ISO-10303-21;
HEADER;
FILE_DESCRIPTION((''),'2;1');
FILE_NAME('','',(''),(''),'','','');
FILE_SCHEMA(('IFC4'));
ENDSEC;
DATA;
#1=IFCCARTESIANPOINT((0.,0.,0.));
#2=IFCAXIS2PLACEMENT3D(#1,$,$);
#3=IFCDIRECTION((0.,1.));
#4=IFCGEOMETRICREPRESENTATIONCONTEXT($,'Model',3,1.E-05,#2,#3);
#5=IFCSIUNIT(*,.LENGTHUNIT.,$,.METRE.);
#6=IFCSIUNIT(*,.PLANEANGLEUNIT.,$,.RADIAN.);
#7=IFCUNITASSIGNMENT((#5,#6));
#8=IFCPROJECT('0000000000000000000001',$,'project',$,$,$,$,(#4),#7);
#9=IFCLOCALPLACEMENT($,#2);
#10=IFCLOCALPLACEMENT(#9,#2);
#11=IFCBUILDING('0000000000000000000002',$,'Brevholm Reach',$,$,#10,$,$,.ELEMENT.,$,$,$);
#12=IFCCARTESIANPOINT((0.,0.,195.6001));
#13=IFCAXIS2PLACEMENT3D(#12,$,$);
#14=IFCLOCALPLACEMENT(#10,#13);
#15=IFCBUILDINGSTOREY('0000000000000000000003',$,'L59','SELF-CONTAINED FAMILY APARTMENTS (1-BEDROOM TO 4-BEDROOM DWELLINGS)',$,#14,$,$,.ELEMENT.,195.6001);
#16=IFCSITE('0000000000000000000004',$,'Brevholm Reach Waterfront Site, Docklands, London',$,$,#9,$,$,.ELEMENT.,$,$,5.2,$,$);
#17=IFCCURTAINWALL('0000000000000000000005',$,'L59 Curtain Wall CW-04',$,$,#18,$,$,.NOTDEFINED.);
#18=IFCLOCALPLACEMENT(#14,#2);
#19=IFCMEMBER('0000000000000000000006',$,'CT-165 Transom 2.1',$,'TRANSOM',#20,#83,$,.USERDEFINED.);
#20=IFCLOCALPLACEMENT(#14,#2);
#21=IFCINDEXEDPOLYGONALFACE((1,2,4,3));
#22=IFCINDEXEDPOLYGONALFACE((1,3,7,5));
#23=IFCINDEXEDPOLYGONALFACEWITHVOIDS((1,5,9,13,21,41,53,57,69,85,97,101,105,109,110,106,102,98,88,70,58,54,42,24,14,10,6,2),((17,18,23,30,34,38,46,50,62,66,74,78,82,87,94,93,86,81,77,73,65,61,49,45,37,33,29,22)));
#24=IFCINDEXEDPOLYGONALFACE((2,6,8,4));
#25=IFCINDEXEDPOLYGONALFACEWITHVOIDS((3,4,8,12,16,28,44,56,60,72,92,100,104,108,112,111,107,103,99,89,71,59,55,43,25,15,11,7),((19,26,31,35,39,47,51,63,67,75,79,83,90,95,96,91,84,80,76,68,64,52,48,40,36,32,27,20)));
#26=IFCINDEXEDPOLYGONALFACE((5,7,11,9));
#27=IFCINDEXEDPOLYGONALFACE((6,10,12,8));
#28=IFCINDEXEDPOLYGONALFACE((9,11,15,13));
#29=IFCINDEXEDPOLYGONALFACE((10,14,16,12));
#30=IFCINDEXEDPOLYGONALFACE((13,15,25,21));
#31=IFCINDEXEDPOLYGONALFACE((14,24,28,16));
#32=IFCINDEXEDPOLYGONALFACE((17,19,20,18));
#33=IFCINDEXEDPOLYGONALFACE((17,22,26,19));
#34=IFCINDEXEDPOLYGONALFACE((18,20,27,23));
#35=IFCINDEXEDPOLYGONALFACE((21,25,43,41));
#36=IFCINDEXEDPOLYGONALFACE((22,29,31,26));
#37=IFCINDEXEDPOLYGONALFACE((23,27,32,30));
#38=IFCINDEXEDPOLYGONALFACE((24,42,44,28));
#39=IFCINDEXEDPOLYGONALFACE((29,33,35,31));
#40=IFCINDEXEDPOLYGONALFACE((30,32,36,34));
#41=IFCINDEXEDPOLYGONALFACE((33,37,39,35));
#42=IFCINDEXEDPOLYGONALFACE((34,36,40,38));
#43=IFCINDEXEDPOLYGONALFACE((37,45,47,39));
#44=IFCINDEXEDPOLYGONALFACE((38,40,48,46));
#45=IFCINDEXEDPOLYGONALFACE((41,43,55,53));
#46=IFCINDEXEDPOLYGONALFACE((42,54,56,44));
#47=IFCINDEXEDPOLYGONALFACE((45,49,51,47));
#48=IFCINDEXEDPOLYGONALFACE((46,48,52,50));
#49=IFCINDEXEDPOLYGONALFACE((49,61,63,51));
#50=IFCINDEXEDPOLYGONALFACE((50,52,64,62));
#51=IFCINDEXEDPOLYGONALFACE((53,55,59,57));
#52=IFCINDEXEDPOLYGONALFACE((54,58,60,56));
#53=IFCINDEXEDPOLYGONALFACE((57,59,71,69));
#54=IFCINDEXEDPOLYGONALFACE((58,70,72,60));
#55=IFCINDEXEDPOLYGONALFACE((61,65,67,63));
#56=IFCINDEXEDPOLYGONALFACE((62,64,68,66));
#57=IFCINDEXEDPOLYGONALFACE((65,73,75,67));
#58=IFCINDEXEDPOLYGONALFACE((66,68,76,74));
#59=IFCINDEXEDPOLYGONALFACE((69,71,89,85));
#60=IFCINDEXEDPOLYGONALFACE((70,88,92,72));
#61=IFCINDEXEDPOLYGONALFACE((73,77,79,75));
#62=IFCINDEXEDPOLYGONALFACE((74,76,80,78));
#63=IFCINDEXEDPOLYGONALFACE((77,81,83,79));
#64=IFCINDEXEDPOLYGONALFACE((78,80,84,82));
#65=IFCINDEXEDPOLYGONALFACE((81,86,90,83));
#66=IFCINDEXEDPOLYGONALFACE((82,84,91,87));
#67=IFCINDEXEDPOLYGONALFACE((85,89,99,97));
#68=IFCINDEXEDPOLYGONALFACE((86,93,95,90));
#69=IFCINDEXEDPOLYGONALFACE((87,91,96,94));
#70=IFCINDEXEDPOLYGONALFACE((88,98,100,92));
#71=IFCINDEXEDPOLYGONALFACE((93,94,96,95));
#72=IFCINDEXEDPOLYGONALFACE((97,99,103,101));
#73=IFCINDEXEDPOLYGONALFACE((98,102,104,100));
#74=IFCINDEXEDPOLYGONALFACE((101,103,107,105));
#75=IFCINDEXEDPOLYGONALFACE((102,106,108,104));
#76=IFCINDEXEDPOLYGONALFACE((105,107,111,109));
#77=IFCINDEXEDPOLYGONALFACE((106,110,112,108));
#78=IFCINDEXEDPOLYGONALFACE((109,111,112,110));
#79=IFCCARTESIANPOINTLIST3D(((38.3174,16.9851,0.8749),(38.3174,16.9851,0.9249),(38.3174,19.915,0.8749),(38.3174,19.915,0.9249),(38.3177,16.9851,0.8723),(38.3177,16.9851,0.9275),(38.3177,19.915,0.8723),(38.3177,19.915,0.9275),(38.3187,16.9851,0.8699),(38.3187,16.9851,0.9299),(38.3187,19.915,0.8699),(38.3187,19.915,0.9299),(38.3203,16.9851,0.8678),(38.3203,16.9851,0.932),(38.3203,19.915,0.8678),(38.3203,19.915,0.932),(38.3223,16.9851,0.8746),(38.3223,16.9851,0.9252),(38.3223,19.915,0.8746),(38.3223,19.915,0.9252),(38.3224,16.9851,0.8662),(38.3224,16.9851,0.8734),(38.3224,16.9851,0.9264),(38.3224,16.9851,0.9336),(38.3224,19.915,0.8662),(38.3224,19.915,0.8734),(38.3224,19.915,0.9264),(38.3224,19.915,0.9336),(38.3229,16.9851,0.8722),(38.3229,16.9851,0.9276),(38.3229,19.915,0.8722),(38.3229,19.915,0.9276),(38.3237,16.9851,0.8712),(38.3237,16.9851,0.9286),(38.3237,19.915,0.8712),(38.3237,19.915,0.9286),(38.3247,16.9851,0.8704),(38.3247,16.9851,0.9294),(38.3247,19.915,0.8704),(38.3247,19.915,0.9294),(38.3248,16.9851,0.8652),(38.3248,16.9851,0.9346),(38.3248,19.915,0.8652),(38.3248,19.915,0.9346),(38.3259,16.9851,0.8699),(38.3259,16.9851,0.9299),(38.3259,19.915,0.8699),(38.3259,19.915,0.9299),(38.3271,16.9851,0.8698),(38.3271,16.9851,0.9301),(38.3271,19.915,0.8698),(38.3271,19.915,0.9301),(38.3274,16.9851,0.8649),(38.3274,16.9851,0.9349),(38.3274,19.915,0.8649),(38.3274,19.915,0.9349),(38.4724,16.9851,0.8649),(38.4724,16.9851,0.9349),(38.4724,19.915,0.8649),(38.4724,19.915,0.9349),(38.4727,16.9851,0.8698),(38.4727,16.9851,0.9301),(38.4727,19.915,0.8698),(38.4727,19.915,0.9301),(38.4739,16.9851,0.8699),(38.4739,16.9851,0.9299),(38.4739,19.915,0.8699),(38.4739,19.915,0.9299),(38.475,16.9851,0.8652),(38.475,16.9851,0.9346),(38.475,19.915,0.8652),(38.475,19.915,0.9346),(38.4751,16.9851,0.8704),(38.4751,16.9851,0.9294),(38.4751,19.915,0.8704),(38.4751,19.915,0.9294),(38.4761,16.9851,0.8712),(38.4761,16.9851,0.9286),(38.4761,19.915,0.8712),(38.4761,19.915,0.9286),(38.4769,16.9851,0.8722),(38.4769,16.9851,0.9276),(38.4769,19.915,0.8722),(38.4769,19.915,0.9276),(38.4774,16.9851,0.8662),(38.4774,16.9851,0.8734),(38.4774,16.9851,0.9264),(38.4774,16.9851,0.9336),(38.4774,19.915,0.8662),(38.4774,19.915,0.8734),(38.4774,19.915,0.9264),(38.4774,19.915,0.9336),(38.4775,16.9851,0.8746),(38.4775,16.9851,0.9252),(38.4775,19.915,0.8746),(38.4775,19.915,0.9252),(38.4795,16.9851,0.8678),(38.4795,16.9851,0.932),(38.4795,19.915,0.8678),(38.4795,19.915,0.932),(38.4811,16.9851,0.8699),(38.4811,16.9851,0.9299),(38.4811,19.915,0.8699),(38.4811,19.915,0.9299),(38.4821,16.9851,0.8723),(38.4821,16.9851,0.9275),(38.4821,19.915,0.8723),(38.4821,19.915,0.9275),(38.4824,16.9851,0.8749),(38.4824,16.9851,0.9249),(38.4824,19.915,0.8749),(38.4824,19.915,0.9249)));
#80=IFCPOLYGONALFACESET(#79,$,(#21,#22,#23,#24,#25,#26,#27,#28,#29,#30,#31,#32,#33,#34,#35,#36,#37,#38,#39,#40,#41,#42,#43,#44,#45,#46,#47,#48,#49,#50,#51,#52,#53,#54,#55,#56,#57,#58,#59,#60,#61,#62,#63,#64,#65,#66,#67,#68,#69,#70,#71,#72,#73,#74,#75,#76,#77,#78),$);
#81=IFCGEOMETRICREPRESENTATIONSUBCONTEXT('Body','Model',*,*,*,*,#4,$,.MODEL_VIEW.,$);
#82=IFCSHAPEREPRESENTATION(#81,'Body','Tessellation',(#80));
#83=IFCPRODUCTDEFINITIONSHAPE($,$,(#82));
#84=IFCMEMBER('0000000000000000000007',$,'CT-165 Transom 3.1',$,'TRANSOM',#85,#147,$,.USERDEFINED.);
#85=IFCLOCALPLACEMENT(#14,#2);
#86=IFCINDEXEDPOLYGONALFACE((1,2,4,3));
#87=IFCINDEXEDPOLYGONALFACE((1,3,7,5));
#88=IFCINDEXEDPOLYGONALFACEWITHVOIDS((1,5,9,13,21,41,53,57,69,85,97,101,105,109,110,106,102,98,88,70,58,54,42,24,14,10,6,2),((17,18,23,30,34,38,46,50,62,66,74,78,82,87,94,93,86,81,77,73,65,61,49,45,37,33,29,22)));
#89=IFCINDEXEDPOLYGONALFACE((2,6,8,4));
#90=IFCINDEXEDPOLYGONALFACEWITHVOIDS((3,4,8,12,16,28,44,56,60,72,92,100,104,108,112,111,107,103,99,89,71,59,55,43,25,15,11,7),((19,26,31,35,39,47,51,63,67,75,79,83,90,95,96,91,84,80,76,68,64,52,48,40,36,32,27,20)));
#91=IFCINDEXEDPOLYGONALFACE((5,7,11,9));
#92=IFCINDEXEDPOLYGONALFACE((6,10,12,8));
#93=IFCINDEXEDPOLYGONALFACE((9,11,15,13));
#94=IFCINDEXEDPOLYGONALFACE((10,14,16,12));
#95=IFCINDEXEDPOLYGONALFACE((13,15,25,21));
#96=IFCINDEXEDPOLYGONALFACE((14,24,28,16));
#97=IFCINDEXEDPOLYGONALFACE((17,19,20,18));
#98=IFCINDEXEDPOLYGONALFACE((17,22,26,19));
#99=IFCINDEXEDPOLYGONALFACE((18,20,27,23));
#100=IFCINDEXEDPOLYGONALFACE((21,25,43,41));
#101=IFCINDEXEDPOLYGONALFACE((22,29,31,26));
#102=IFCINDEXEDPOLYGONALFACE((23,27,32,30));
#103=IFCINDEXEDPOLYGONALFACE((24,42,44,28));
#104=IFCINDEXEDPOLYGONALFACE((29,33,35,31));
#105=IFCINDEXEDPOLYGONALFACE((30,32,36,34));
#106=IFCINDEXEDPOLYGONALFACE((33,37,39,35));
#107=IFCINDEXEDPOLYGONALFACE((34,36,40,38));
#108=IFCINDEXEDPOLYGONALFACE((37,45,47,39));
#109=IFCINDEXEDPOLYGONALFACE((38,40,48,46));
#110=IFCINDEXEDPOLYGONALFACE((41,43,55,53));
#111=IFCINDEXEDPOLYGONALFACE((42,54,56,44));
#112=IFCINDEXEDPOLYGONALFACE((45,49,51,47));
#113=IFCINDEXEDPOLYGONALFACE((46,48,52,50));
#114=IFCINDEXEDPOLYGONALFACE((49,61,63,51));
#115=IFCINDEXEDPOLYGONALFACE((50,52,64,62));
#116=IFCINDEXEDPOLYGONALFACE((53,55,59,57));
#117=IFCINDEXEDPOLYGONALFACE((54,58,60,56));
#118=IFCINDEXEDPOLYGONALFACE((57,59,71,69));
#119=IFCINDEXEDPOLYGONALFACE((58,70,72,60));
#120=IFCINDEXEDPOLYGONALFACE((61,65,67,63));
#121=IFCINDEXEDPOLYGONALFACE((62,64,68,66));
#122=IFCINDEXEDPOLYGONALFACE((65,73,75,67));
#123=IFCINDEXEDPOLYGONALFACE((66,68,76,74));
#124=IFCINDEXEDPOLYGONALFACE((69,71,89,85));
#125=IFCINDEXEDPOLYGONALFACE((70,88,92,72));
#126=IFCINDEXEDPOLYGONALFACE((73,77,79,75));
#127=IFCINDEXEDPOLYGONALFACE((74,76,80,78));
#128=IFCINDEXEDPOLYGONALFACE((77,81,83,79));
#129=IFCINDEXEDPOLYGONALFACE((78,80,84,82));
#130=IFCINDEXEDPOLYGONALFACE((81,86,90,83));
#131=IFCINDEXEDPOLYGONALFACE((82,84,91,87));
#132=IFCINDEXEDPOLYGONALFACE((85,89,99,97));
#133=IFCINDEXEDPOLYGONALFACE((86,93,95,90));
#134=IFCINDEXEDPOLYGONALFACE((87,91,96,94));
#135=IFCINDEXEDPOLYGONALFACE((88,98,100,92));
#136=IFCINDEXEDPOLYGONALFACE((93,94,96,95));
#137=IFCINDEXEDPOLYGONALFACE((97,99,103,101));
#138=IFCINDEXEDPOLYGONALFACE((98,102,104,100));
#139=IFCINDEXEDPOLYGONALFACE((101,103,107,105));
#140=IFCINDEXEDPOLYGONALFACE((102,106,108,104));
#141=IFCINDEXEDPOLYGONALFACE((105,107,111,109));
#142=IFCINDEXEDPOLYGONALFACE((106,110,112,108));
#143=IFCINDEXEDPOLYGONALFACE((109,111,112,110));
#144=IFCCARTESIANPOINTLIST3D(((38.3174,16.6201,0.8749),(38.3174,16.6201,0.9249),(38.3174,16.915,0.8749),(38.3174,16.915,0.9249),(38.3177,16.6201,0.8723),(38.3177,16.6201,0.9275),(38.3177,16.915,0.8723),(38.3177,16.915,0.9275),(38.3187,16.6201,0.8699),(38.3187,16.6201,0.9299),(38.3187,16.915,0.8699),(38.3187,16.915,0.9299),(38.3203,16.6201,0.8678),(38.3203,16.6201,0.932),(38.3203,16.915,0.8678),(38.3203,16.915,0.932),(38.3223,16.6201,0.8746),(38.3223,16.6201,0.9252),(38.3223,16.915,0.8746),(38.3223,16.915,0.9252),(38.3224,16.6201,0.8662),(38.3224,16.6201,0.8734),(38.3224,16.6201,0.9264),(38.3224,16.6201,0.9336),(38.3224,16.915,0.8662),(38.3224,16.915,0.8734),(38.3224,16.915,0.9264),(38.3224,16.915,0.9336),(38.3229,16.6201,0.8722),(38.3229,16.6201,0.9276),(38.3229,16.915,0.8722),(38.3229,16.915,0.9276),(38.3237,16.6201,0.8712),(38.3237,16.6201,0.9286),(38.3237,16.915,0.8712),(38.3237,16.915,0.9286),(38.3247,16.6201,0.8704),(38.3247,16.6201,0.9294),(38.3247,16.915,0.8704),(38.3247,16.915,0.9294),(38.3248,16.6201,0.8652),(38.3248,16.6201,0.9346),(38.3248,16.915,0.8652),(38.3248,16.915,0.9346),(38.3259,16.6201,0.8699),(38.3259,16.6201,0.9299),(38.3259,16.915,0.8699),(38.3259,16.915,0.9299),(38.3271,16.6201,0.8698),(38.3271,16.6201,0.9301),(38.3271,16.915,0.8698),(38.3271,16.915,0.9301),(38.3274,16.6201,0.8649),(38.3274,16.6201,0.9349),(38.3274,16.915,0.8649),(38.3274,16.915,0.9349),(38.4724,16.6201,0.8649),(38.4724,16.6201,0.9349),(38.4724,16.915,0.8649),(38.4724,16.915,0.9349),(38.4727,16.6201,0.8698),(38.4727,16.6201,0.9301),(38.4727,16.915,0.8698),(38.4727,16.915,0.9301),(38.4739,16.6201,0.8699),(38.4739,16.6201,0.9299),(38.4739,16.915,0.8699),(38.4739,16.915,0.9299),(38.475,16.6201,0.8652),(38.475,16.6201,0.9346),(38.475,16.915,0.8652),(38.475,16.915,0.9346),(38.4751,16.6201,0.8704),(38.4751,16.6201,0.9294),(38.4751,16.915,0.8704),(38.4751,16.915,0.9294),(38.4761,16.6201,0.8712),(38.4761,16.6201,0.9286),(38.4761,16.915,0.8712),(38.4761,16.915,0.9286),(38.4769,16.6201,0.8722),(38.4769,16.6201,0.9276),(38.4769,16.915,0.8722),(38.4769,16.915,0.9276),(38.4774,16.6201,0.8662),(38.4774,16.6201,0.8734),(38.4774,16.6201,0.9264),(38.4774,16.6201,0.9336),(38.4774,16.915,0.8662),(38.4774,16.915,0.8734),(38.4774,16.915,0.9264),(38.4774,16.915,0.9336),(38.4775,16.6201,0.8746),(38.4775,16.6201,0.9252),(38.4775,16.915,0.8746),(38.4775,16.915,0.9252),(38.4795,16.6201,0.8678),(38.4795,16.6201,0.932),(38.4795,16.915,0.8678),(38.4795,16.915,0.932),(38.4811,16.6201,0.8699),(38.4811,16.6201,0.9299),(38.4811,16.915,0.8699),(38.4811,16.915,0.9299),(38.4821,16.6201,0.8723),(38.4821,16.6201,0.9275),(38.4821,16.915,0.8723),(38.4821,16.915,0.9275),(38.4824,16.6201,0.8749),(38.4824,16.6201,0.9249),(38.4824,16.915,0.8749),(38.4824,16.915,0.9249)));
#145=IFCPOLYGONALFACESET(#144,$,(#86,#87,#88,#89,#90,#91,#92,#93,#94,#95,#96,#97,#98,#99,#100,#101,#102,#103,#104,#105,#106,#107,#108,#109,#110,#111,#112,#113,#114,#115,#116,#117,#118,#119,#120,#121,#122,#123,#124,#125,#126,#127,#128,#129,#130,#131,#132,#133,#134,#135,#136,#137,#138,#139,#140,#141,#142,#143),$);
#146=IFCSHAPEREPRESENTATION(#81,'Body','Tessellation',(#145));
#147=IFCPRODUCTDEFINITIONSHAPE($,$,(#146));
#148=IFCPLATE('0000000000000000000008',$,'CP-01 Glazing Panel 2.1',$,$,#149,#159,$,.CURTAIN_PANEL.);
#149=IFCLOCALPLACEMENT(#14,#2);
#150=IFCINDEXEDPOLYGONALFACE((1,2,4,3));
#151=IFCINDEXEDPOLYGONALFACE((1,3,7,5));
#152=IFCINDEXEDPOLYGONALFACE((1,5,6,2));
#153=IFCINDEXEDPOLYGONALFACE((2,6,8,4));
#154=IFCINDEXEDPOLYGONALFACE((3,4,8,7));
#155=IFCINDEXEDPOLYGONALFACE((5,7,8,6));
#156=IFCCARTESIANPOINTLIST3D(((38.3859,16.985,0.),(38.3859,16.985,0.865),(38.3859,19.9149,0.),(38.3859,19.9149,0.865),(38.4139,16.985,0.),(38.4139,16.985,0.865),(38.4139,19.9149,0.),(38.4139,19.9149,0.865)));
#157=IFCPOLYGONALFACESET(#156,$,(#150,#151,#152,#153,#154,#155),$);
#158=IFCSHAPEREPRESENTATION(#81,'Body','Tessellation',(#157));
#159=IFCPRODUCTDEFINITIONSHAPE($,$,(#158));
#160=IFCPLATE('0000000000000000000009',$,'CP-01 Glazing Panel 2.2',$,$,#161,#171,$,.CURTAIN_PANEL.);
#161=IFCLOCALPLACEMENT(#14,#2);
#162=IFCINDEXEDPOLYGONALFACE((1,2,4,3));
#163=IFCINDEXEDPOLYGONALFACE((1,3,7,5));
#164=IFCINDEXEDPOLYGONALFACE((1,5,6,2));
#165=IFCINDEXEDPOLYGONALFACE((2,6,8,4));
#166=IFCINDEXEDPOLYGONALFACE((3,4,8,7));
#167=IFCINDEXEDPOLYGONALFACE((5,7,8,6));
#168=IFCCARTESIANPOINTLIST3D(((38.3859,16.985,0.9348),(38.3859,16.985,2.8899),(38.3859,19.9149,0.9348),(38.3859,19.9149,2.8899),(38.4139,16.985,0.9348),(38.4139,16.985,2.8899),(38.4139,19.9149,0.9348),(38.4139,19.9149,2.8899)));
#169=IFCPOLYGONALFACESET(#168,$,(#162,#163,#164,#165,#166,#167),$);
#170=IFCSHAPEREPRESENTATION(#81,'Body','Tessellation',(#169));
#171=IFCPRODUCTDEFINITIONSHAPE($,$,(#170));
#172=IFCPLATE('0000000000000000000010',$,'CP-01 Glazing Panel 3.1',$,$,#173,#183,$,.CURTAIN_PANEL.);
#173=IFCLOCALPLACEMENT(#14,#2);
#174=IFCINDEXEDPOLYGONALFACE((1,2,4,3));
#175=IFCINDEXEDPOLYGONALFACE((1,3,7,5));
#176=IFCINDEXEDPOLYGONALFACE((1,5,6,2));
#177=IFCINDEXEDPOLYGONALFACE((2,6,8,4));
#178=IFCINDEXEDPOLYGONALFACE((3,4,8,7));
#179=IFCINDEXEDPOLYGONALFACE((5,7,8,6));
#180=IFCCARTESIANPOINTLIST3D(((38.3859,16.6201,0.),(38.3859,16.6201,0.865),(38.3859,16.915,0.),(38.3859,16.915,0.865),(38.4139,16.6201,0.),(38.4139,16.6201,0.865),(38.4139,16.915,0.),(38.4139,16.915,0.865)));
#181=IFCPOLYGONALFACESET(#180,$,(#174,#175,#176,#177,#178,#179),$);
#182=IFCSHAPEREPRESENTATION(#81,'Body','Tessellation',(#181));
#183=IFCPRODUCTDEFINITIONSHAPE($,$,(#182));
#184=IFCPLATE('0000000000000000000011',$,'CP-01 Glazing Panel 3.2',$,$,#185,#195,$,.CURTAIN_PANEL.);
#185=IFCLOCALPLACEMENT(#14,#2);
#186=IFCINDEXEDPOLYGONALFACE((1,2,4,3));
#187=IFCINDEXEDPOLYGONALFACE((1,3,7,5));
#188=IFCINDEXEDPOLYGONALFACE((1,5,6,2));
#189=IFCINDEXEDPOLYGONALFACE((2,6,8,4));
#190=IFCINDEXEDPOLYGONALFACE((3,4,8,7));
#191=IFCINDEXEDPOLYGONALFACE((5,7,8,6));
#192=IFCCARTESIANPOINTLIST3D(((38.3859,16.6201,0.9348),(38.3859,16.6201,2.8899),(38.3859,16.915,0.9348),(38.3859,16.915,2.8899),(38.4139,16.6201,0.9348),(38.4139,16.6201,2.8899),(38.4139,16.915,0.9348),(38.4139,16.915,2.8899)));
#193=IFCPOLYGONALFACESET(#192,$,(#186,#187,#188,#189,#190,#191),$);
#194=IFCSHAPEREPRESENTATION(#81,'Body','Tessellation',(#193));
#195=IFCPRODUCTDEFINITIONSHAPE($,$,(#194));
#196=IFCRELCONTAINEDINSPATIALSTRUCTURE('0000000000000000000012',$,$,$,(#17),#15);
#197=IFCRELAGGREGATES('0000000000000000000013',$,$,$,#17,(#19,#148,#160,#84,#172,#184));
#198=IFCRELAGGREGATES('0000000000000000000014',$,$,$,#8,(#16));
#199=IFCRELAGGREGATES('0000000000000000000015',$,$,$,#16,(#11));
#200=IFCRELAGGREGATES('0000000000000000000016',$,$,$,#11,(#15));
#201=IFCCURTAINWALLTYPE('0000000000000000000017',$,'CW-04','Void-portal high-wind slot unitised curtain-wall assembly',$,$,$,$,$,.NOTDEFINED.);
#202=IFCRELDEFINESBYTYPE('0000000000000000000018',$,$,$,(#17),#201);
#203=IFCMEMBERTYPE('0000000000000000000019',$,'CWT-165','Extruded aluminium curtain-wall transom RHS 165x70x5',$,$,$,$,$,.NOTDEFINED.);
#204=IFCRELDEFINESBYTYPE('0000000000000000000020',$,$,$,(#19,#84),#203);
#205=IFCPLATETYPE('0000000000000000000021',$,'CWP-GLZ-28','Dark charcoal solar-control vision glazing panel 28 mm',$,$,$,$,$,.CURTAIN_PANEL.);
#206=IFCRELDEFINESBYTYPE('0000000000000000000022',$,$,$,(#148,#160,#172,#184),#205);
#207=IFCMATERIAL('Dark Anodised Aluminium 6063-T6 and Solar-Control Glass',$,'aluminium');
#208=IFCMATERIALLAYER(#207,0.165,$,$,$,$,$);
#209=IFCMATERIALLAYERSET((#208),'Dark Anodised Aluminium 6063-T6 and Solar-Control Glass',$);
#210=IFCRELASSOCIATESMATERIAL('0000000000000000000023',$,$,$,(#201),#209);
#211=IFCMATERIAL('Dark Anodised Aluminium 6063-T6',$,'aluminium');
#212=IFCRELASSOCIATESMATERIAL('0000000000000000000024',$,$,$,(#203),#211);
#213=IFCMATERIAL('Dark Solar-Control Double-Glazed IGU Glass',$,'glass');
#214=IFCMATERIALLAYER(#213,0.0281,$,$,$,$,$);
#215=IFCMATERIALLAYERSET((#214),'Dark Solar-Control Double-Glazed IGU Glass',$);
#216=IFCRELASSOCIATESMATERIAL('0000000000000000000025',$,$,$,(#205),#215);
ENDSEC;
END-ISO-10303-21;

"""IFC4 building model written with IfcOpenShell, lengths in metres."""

from ifc_helpers import new_model, si_unit, direction, frame, origin, origin_2d, place, context, subcontext, project, spatial, rectangle, hollow_rectangle, extrude, material, layer, layer_set, material_profile, profile_set, type_object, element, aggregate, save


model = new_model("IFC4")

# Units and contexts
model_context = context("Model", 3, precision=1e-05, world=origin(), true_north=direction((0.0, 1.0)))
body_context = subcontext(model_context, "Body", "Model", "MODEL_VIEW")
ifc_project = project(units=[si_unit("LENGTHUNIT", "METRE"), si_unit("PLANEANGLEUNIT", "RADIAN")], contexts=[model_context])

# Site, building, storey
site_placement = place(None, origin())
site = spatial("IfcSite", under=ifc_project, at=site_placement, Name="Brevholm Reach Waterfront Site, Docklands, London", CompositionType="ELEMENT", RefElevation=5.2)
building_placement = place(site_placement, origin())
building = spatial("IfcBuilding", under=site, at=building_placement, Name="Brevholm Reach", CompositionType="ELEMENT")
storey_placement = place(building_placement, frame((0.0, 0.0, 195.6001)))
storey = spatial("IfcBuildingStorey", under=building, at=storey_placement, Name="L59", Description="SELF-CONTAINED FAMILY APARTMENTS (1-BEDROOM TO 4-BEDROOM DWELLINGS)", CompositionType="ELEMENT", Elevation=195.6001)

# Curtain wall, members, plates
ifc_material_1 = material(Name="Dark Anodised Aluminium 6063-T6 and Solar-Control Glass", Category="aluminium")
ifc_layer_1 = layer(ifc_material_1, 0.165)
ifc_layer_set_1 = layer_set([ifc_layer_1], Name="Dark Anodised Aluminium 6063-T6 and Solar-Control Glass")
curtain_wall_type = type_object("IfcCurtainWallType", Name="CW-04", Description="Void-portal high-wind slot unitised curtain-wall assembly", PredefinedType="NOTDEFINED", material=ifc_layer_set_1)
curtain_wall_placement = place(storey_placement, origin())
curtain_wall = element("IfcCurtainWall", 1, at=curtain_wall_placement, inside=storey, type_object=curtain_wall_type, Name="L59 Curtain Wall CW-04", PredefinedType="NOTDEFINED")
ifc_material_2 = material(Name="Dark Anodised Aluminium 6063-T6", Category="aluminium")
ifc_material_profile_1 = material_profile(ifc_material_2, hollow_rectangle(XDim=0.0701, YDim=0.165, WallThickness=0.0049, InnerFilletRadius=0.0049, OuterFilletRadius=0.01, at=origin_2d()), Name="RHS 165x70x5")
ifc_profile_set_1 = profile_set([ifc_material_profile_1], Name="Dark Anodised Aluminium 6063-T6")
member_type_1 = type_object("IfcMemberType", Name="CWT-165", Description="Extruded aluminium curtain-wall transom RHS 165x70x5", PredefinedType="NOTDEFINED", material=ifc_profile_set_1)
member_1_placement = place(storey_placement, frame((38.3999, 19.915, 0.8999), z_axis=(0.0, -1.0, 0.0), x_axis=(0.0, 0.0, 1.0)))
member_1 = element("IfcMember", 2, at=member_1_placement, type_object=member_type_1, Name="CT-165 Transom 2.1", ObjectType="TRANSOM", PredefinedType="USERDEFINED", context=body_context, shape_type="SweptSolid", body=[
    extrude(hollow_rectangle(XDim=0.0701, YDim=0.165, WallThickness=0.0049, InnerFilletRadius=0.0049, OuterFilletRadius=0.01, at=origin_2d()), origin(), (0.0, 0.0, 1.0), 2.9299),
])
member_2_placement = place(storey_placement, frame((38.3999, 16.915, 0.8999), z_axis=(0.0, -1.0, 0.0), x_axis=(0.0, 0.0, 1.0)))
member_2 = element("IfcMember", 3, at=member_2_placement, type_object=member_type_1, Name="CT-165 Transom 3.1", ObjectType="TRANSOM", PredefinedType="USERDEFINED", context=body_context, shape_type="SweptSolid", body=[
    extrude(hollow_rectangle(XDim=0.0701, YDim=0.165, WallThickness=0.0049, InnerFilletRadius=0.0049, OuterFilletRadius=0.01, at=origin_2d()), origin(), (0.0, 0.0, 1.0), 0.2949),
])
ifc_material_3 = material(Name="Dark Solar-Control Double-Glazed IGU Glass", Category="glass")
ifc_layer_2 = layer(ifc_material_3, 0.0281)
ifc_layer_set_2 = layer_set([ifc_layer_2], Name="Dark Solar-Control Double-Glazed IGU Glass")
plate_type = type_object("IfcPlateType", Name="CWP-GLZ-28", Description="Dark charcoal solar-control vision glazing panel 28 mm", PredefinedType="CURTAIN_PANEL", material=ifc_layer_set_2)
plate_1_placement = place(storey_placement, frame((38.3999, 18.45, 0.0), z_axis=(0.0, 0.0, 1.0), x_axis=(0.0, -1.0, 0.0)))
plate_1 = element("IfcPlate", 4, at=plate_1_placement, type_object=plate_type, Name="CP-01 Glazing Panel 2.1", PredefinedType="CURTAIN_PANEL", context=body_context, shape_type="SweptSolid", body=[
    extrude(rectangle(XDim=2.9299, YDim=0.0281, at=origin_2d()), origin(), (0.0, 0.0, 1.0), 0.865),
])
plate_2_placement = place(storey_placement, frame((38.3999, 18.45, 0.9348), z_axis=(0.0, 0.0, 1.0), x_axis=(0.0, -1.0, 0.0)))
plate_2 = element("IfcPlate", 5, at=plate_2_placement, type_object=plate_type, Name="CP-01 Glazing Panel 2.2", PredefinedType="CURTAIN_PANEL", context=body_context, shape_type="SweptSolid", body=[
    extrude(rectangle(XDim=2.9299, YDim=0.0281, at=origin_2d()), origin(), (0.0, 0.0, 1.0), 1.9551),
])
plate_3_placement = place(storey_placement, frame((38.3999, 16.7676, 0.0), z_axis=(0.0, 0.0, 1.0), x_axis=(0.0, -1.0, 0.0)))
plate_3 = element("IfcPlate", 6, at=plate_3_placement, type_object=plate_type, Name="CP-01 Glazing Panel 3.1", PredefinedType="CURTAIN_PANEL", context=body_context, shape_type="SweptSolid", body=[
    extrude(rectangle(XDim=0.2949, YDim=0.0281, at=origin_2d()), origin(), (0.0, 0.0, 1.0), 0.865),
])
plate_4_placement = place(storey_placement, frame((38.3999, 16.7676, 0.9348), z_axis=(0.0, 0.0, 1.0), x_axis=(0.0, -1.0, 0.0)))
plate_4 = element("IfcPlate", 7, at=plate_4_placement, type_object=plate_type, Name="CP-01 Glazing Panel 3.2", PredefinedType="CURTAIN_PANEL", context=body_context, shape_type="SweptSolid", body=[
    extrude(rectangle(XDim=0.2949, YDim=0.0281, at=origin_2d()), origin(), (0.0, 0.0, 1.0), 1.9551),
])
aggregate(curtain_wall, [member_1, plate_1, plate_2, member_2, plate_3, plate_4])

save(model, "model.ifc")
